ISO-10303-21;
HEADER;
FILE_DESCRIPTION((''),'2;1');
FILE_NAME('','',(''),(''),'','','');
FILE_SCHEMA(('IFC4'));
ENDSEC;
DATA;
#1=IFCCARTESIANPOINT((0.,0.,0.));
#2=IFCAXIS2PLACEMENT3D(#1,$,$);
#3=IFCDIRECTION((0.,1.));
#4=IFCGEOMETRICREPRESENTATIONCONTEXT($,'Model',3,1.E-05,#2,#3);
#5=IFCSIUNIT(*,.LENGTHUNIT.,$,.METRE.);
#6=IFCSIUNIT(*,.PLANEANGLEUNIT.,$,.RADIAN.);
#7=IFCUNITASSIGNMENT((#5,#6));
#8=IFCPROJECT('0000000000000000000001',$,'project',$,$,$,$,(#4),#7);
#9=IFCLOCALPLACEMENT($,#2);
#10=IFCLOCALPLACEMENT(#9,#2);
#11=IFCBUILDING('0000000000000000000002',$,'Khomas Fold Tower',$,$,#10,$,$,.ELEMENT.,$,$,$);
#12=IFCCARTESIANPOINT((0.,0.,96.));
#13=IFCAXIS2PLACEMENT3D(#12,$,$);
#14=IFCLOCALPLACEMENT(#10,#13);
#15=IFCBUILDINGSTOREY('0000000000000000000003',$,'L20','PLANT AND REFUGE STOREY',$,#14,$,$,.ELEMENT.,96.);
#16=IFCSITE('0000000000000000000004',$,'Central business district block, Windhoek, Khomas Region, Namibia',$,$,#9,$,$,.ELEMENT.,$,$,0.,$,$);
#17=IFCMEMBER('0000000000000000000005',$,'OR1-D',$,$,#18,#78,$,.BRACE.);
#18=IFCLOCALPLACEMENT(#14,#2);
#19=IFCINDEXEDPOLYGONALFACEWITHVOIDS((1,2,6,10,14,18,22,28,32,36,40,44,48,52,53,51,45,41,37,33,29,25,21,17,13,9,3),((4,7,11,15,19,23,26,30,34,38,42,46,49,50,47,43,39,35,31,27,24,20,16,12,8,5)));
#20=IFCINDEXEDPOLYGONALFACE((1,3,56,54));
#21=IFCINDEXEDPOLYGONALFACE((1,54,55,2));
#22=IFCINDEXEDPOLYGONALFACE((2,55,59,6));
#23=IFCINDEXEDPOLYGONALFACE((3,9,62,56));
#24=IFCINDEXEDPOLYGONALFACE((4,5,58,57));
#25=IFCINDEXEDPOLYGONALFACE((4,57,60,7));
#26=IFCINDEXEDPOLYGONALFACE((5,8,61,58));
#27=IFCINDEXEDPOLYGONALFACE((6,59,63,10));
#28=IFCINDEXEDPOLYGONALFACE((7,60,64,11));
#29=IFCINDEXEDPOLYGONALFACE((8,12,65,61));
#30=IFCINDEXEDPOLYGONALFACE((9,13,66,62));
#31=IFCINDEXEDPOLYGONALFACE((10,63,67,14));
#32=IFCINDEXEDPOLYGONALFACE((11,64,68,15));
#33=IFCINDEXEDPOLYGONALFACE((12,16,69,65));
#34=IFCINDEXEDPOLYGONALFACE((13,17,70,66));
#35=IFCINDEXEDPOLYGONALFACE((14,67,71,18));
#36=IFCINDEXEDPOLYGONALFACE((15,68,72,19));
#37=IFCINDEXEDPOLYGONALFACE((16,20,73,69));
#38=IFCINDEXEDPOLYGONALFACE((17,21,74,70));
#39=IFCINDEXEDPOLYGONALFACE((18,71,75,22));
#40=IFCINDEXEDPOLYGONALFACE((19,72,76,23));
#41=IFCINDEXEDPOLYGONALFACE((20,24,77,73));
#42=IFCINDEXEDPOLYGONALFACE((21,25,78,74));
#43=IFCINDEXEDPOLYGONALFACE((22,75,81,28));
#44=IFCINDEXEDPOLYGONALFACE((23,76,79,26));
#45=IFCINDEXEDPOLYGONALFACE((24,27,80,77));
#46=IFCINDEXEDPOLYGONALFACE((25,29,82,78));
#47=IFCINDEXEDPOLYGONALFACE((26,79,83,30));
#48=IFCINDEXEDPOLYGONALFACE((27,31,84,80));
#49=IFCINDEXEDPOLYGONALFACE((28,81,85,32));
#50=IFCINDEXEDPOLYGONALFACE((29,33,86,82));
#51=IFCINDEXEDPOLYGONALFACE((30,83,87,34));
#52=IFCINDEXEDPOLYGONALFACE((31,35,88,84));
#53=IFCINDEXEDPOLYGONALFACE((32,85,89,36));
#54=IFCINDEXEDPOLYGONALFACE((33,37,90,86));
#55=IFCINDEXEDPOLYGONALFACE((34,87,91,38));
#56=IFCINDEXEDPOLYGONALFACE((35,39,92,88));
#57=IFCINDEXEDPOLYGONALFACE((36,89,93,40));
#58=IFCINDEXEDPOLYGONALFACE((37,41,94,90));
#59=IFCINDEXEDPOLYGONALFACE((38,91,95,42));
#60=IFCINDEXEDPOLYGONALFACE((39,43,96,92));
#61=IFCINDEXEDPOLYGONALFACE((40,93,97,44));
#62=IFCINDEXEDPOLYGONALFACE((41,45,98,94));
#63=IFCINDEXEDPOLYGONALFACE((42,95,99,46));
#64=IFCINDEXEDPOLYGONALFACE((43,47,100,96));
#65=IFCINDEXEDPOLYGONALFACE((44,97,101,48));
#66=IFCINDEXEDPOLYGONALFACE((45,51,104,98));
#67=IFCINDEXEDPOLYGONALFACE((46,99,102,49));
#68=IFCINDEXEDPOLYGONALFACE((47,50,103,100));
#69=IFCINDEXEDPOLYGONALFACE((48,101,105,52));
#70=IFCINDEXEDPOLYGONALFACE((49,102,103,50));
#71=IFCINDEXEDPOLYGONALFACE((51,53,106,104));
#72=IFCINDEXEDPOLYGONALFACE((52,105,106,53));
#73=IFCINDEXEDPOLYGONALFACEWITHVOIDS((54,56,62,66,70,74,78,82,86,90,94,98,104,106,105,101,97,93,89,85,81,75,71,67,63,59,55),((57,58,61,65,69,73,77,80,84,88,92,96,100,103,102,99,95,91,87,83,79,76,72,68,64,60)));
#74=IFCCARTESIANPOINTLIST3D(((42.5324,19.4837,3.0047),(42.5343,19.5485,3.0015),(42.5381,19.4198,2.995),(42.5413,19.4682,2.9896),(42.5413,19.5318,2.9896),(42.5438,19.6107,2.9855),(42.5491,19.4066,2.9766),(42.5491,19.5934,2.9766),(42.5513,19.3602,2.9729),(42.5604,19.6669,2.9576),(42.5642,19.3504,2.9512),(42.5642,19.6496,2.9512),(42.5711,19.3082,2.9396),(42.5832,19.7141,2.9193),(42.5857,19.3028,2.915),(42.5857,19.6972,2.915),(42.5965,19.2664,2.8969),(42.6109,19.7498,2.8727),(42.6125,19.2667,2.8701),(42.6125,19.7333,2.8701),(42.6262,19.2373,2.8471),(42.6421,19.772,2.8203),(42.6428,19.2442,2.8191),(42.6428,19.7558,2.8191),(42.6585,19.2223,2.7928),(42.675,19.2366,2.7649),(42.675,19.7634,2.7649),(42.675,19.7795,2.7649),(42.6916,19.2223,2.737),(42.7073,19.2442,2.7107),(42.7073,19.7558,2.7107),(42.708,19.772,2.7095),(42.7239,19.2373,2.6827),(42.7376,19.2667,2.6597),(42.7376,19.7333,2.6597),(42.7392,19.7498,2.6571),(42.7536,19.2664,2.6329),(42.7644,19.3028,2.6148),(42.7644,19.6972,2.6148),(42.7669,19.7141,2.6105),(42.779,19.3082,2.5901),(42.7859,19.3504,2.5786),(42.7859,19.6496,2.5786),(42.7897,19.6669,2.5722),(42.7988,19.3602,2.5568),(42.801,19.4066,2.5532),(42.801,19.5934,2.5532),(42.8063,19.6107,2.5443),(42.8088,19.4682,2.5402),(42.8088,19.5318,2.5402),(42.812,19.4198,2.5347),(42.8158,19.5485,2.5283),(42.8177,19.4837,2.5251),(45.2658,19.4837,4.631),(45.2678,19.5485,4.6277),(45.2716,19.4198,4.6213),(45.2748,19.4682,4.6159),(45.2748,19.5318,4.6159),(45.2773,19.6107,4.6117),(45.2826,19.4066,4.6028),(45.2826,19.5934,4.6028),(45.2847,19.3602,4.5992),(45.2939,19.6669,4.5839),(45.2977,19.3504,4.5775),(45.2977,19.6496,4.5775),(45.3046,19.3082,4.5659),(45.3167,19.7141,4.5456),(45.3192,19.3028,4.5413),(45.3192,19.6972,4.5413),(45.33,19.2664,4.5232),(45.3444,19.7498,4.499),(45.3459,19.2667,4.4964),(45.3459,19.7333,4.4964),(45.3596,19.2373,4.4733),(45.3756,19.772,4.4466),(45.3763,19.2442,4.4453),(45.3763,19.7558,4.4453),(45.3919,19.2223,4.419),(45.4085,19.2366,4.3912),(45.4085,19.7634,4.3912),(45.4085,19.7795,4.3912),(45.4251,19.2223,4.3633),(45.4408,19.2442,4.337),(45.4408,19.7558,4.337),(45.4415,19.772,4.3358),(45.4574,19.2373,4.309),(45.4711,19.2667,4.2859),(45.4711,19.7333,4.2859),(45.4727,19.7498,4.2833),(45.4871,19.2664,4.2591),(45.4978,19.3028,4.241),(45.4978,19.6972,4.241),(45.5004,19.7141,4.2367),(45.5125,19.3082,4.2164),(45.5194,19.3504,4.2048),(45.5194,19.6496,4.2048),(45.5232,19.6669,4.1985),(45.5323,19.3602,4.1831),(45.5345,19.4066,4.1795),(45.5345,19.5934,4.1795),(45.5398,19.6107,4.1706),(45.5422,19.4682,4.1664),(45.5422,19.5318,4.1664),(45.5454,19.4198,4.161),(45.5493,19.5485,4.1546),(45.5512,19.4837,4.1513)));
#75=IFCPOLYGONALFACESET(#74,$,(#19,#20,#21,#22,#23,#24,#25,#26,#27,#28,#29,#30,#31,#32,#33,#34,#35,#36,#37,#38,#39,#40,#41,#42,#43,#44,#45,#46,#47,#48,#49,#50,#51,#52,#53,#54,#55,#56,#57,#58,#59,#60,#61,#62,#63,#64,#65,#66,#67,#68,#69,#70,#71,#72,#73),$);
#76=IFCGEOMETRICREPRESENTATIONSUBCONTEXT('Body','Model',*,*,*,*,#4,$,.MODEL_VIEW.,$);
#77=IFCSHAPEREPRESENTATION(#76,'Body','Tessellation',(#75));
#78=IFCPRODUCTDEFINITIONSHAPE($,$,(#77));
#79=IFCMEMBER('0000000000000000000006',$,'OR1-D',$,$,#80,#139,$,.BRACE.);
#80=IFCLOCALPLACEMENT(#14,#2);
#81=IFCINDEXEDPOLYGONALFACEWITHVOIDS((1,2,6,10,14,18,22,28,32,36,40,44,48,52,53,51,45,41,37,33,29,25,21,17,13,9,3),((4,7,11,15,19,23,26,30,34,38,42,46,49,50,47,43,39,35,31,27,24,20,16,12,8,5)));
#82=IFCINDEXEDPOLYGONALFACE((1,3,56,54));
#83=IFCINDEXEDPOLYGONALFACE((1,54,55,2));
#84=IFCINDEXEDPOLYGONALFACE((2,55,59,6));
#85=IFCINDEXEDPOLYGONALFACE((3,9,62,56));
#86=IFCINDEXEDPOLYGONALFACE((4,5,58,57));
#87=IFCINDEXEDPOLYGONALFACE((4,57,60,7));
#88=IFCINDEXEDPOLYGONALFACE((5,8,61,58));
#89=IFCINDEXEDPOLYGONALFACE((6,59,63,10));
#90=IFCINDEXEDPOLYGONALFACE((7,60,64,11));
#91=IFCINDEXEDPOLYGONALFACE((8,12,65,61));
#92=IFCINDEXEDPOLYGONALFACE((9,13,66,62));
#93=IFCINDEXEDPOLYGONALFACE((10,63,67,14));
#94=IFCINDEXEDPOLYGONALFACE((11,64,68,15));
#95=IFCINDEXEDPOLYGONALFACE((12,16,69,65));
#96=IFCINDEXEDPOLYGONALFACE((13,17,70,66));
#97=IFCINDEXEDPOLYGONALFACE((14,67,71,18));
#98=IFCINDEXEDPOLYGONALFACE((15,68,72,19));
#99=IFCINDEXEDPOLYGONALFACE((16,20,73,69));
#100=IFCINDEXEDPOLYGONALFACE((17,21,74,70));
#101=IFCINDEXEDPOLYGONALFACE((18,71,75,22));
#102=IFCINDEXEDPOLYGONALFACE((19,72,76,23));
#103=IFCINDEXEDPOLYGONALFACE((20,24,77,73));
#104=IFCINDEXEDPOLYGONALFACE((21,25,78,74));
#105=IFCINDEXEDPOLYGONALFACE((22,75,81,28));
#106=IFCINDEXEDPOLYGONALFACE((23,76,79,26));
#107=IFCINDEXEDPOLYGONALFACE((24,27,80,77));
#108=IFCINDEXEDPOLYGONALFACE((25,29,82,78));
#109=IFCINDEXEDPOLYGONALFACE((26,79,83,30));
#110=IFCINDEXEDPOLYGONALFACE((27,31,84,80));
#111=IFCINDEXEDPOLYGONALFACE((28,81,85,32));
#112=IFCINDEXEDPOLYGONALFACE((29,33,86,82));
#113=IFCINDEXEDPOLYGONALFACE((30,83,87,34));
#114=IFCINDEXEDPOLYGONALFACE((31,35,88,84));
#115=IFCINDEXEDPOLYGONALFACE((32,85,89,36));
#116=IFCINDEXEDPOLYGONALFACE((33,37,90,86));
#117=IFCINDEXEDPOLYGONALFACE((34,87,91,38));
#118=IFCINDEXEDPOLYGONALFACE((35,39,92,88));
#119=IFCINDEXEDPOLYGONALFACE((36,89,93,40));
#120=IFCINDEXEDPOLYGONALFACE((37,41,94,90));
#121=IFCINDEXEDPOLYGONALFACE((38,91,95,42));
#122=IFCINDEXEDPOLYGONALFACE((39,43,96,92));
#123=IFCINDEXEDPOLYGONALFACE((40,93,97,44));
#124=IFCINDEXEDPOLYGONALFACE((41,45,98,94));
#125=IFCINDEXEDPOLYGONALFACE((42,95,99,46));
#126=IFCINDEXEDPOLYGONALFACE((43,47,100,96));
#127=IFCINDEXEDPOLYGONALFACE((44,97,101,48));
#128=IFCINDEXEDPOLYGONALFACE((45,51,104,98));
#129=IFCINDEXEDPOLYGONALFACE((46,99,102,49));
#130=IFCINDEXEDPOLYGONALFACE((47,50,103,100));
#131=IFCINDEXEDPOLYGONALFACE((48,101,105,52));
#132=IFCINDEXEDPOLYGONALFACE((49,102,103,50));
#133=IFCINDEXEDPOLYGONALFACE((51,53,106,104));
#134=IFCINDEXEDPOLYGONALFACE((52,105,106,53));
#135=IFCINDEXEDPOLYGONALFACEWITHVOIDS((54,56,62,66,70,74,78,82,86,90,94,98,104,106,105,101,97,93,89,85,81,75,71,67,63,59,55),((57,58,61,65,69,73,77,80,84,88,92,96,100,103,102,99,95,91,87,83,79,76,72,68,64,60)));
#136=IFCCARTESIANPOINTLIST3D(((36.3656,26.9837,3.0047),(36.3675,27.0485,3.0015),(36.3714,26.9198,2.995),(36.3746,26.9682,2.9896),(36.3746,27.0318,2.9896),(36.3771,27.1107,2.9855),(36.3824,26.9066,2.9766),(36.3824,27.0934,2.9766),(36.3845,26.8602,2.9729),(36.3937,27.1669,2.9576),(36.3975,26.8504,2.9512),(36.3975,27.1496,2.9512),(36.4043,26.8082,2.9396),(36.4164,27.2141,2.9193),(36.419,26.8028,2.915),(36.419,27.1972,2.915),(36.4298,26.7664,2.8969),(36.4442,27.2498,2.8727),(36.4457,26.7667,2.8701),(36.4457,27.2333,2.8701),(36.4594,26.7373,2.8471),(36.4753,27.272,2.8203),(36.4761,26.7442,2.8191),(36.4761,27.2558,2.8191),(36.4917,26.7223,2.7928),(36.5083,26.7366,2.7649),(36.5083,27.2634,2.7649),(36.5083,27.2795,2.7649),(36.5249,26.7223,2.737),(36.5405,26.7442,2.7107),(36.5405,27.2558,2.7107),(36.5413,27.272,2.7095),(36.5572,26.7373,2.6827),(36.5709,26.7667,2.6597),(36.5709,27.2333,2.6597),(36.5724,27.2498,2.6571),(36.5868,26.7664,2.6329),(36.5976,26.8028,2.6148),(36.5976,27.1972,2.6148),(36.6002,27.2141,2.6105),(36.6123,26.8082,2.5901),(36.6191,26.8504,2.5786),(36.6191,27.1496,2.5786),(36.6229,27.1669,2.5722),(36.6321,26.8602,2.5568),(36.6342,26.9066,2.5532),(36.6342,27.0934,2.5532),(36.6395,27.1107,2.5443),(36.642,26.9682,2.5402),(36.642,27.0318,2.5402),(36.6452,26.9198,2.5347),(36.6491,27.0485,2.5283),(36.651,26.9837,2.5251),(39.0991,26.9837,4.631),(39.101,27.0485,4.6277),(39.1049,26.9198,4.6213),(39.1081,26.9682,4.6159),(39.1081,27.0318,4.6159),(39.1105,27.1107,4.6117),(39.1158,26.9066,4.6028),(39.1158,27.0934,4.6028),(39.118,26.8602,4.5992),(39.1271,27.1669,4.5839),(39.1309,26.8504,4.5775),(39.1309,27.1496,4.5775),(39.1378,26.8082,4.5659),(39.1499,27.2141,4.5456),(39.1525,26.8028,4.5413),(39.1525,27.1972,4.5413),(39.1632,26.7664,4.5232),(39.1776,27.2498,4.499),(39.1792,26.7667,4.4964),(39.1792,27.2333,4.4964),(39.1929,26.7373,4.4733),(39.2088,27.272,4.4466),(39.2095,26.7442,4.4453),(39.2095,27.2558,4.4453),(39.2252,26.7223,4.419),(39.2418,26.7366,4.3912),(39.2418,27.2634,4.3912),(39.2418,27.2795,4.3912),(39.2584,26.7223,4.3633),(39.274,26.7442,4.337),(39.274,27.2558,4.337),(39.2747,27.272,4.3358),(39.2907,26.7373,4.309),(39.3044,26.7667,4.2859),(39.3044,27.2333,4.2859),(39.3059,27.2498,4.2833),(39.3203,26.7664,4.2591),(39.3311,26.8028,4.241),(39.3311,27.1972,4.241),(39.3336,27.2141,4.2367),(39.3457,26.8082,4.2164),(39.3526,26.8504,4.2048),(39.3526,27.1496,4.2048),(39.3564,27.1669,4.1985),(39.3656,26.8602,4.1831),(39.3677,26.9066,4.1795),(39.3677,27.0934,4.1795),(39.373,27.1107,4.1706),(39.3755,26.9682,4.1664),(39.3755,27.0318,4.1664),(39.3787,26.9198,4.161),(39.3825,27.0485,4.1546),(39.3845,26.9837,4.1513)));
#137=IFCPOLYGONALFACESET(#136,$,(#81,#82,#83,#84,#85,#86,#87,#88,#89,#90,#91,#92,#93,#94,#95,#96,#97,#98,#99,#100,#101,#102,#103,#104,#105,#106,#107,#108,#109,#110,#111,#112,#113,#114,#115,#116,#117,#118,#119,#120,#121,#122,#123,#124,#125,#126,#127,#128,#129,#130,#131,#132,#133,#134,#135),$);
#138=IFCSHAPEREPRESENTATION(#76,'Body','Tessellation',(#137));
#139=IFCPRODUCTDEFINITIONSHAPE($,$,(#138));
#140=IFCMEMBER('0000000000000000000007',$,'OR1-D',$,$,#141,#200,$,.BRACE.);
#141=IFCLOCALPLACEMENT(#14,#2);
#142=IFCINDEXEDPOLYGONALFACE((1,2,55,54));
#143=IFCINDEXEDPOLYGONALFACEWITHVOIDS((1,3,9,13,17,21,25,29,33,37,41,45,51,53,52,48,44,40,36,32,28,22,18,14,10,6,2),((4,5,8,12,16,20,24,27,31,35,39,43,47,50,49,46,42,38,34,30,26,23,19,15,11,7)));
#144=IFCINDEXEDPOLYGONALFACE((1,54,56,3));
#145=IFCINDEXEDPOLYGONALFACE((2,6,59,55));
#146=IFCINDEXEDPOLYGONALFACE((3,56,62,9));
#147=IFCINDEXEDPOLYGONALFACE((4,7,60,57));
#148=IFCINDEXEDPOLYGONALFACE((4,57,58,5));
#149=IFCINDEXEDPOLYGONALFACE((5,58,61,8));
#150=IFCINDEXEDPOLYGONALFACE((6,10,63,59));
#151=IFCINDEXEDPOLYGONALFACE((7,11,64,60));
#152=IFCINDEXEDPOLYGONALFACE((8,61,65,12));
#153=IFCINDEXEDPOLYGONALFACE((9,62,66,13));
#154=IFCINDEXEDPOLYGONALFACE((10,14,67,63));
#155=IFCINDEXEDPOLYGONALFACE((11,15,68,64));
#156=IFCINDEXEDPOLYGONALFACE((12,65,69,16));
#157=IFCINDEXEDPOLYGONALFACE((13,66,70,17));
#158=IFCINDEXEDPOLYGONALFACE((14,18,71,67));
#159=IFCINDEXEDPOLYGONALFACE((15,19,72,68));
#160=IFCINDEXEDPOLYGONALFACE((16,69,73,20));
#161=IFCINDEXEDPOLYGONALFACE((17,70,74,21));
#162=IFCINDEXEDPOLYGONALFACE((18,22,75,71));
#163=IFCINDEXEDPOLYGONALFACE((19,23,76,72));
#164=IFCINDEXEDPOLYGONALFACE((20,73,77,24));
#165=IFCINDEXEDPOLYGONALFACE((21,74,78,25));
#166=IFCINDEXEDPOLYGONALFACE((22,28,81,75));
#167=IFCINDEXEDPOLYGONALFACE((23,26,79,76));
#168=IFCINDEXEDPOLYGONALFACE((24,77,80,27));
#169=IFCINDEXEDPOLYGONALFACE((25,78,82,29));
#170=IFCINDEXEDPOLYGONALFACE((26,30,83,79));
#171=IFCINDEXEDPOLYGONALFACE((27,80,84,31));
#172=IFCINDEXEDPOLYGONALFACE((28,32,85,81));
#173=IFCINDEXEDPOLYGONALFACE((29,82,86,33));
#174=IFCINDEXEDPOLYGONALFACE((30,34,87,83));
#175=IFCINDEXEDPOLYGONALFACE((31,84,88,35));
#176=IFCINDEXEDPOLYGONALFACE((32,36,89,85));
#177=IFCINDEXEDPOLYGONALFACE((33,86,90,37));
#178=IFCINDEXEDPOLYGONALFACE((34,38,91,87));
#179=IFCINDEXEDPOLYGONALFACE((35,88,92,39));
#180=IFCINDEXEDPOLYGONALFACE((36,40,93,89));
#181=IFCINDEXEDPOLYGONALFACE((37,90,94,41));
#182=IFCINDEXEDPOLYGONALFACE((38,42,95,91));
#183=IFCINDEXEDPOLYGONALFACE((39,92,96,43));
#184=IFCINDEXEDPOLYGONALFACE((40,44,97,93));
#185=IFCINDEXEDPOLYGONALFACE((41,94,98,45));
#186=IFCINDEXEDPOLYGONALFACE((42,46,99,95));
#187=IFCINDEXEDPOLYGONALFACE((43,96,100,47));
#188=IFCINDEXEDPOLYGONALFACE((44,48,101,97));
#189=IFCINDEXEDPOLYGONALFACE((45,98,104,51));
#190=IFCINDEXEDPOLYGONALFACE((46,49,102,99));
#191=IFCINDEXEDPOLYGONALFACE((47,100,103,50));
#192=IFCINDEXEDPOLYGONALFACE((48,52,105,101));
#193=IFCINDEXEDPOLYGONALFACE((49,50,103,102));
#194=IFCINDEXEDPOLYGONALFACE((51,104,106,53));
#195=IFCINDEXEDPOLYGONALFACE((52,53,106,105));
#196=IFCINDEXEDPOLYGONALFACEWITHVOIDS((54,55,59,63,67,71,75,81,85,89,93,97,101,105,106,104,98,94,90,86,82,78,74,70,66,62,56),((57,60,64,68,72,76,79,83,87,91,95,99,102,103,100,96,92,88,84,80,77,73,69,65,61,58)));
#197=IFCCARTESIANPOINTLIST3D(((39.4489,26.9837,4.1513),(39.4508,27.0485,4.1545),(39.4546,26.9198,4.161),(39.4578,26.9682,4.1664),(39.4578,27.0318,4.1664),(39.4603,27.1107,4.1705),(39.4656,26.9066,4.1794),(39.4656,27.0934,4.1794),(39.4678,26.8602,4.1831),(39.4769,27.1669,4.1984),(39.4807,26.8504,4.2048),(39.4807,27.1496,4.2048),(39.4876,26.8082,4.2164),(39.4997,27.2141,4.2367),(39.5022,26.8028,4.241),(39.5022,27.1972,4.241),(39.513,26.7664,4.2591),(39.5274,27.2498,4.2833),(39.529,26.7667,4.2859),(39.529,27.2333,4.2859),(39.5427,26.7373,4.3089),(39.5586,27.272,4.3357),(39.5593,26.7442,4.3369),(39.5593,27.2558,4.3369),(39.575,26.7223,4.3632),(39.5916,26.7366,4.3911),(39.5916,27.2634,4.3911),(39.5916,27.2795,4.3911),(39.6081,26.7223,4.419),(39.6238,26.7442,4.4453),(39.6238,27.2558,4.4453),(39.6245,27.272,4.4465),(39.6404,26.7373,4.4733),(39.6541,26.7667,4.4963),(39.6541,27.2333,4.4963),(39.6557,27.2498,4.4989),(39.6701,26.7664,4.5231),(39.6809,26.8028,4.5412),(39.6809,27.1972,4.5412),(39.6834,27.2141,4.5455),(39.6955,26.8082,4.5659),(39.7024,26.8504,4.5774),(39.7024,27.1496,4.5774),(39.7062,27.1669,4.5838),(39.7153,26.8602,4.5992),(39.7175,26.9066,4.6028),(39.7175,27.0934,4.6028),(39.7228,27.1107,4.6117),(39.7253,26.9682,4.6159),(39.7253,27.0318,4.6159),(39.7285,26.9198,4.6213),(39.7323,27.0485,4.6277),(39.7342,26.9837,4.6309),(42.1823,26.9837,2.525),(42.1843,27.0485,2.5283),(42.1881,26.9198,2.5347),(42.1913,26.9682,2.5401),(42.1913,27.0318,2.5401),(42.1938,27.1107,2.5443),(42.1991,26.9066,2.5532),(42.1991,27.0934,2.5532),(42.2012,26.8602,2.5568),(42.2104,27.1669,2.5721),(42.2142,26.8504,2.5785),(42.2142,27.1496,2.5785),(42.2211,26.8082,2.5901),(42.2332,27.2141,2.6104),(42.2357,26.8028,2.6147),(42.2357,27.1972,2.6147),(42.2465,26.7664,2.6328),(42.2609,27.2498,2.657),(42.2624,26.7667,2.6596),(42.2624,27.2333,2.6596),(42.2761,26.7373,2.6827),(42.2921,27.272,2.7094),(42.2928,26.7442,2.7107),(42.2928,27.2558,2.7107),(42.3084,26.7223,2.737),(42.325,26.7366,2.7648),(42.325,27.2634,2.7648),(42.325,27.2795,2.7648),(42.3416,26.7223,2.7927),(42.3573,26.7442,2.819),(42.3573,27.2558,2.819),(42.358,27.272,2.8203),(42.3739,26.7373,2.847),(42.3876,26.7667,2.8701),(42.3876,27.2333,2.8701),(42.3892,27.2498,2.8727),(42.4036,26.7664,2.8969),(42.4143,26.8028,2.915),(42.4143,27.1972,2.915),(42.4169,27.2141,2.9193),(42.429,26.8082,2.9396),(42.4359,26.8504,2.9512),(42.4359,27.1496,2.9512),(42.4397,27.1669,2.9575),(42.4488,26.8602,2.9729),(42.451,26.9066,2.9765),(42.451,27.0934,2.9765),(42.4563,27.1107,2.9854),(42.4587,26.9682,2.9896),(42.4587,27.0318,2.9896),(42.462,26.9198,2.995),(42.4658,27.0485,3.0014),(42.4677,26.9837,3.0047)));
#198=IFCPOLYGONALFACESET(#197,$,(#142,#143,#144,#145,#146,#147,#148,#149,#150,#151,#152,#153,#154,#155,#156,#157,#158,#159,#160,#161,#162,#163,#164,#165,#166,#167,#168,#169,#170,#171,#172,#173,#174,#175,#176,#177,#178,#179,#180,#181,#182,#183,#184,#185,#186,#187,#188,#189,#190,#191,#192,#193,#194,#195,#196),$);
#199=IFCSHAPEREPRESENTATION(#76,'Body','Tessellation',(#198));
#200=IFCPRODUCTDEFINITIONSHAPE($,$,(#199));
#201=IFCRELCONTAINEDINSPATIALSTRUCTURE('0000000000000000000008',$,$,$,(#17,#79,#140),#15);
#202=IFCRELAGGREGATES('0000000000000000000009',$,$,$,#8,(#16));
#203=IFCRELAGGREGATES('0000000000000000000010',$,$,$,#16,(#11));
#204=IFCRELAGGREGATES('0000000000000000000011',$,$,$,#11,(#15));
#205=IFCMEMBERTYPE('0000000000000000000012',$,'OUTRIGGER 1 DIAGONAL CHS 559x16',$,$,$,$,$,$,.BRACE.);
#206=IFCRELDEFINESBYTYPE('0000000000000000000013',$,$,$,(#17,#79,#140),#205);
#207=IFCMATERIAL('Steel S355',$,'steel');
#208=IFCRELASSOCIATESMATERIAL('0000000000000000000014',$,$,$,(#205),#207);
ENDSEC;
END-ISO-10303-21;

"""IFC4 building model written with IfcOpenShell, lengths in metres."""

from ifc_helpers import new_model, si_unit, direction, frame, origin, origin_2d, place, context, subcontext, project, spatial, hollow_circle, extrude, source, transform, mapped, material, material_profile, profile_set, type_object, element, save


model = new_model("IFC4")

# Units and contexts
model_context = context("Model", 3, precision=1e-05, world=origin(), true_north=direction((0.0, 1.0)))
body_context = subcontext(model_context, "Body", "Model", "MODEL_VIEW")
ifc_project = project(units=[si_unit("LENGTHUNIT", "METRE"), si_unit("PLANEANGLEUNIT", "RADIAN")], contexts=[model_context])

# Site, building, storey
site_placement = place(None, origin())
site = spatial("IfcSite", under=ifc_project, at=site_placement, Name="Central business district block, Windhoek, Khomas Region, Namibia", CompositionType="ELEMENT", RefElevation=0.0)
building_placement = place(site_placement, origin())
building = spatial("IfcBuilding", under=site, at=building_placement, Name="Khomas Fold Tower", CompositionType="ELEMENT")
storey_placement = place(building_placement, frame((0.0, 0.0, 96.0)))
storey = spatial("IfcBuildingStorey", under=building, at=storey_placement, Name="L20", Description="PLANT AND REFUGE STOREY", CompositionType="ELEMENT", Elevation=96.0)

# Members
ifc_material_1 = material(Name="Steel S355", Category="steel")
ifc_material_profile_1 = material_profile(ifc_material_1, hollow_circle(Radius=0.2795, WallThickness=0.0161, at=origin_2d()), Name="CHS 559x16")
ifc_profile_set_1 = profile_set([ifc_material_profile_1], Name="Steel S355")
member_type_1 = type_object("IfcMemberType", Name="OUTRIGGER 1 DIAGONAL CHS 559x16", PredefinedType="BRACE", material=ifc_profile_set_1)
shared_shape_1 = source(origin(), body_context, "Body", "SweptSolid", [
    extrude(hollow_circle(Radius=0.2795, WallThickness=0.0161, at=origin_2d()), origin(), (0.0, 0.0, 1.0), 3.1807),
])
for number, where, z_axis, x_axis, name in (
    (1, (42.675, 19.5, 2.7649), (0.859404, 0.0, 0.511298), (0.0, 1.0, 0.0), "OR1-D"),
    (2, (36.5083, 27.0, 2.7649), (0.859404, 0.0, 0.511298), (0.0, 1.0, 0.0), "OR1-D"),
    (3, (39.5916, 27.0, 4.3911), (0.859404, 0.0, -0.511298), (0.0, 1.0, 0.0), "OR1-D"),
):
    element("IfcMember", number, at=place(storey_placement, frame(where, z_axis=z_axis, x_axis=x_axis)), inside=storey, type_object=member_type_1, Name=name, PredefinedType="BRACE", context=body_context, shape_type="MappedRepresentation", body=[
        mapped(shared_shape_1, transform((0.0, 0.0, 0.0))),
    ])

save(model, "model.ifc")
